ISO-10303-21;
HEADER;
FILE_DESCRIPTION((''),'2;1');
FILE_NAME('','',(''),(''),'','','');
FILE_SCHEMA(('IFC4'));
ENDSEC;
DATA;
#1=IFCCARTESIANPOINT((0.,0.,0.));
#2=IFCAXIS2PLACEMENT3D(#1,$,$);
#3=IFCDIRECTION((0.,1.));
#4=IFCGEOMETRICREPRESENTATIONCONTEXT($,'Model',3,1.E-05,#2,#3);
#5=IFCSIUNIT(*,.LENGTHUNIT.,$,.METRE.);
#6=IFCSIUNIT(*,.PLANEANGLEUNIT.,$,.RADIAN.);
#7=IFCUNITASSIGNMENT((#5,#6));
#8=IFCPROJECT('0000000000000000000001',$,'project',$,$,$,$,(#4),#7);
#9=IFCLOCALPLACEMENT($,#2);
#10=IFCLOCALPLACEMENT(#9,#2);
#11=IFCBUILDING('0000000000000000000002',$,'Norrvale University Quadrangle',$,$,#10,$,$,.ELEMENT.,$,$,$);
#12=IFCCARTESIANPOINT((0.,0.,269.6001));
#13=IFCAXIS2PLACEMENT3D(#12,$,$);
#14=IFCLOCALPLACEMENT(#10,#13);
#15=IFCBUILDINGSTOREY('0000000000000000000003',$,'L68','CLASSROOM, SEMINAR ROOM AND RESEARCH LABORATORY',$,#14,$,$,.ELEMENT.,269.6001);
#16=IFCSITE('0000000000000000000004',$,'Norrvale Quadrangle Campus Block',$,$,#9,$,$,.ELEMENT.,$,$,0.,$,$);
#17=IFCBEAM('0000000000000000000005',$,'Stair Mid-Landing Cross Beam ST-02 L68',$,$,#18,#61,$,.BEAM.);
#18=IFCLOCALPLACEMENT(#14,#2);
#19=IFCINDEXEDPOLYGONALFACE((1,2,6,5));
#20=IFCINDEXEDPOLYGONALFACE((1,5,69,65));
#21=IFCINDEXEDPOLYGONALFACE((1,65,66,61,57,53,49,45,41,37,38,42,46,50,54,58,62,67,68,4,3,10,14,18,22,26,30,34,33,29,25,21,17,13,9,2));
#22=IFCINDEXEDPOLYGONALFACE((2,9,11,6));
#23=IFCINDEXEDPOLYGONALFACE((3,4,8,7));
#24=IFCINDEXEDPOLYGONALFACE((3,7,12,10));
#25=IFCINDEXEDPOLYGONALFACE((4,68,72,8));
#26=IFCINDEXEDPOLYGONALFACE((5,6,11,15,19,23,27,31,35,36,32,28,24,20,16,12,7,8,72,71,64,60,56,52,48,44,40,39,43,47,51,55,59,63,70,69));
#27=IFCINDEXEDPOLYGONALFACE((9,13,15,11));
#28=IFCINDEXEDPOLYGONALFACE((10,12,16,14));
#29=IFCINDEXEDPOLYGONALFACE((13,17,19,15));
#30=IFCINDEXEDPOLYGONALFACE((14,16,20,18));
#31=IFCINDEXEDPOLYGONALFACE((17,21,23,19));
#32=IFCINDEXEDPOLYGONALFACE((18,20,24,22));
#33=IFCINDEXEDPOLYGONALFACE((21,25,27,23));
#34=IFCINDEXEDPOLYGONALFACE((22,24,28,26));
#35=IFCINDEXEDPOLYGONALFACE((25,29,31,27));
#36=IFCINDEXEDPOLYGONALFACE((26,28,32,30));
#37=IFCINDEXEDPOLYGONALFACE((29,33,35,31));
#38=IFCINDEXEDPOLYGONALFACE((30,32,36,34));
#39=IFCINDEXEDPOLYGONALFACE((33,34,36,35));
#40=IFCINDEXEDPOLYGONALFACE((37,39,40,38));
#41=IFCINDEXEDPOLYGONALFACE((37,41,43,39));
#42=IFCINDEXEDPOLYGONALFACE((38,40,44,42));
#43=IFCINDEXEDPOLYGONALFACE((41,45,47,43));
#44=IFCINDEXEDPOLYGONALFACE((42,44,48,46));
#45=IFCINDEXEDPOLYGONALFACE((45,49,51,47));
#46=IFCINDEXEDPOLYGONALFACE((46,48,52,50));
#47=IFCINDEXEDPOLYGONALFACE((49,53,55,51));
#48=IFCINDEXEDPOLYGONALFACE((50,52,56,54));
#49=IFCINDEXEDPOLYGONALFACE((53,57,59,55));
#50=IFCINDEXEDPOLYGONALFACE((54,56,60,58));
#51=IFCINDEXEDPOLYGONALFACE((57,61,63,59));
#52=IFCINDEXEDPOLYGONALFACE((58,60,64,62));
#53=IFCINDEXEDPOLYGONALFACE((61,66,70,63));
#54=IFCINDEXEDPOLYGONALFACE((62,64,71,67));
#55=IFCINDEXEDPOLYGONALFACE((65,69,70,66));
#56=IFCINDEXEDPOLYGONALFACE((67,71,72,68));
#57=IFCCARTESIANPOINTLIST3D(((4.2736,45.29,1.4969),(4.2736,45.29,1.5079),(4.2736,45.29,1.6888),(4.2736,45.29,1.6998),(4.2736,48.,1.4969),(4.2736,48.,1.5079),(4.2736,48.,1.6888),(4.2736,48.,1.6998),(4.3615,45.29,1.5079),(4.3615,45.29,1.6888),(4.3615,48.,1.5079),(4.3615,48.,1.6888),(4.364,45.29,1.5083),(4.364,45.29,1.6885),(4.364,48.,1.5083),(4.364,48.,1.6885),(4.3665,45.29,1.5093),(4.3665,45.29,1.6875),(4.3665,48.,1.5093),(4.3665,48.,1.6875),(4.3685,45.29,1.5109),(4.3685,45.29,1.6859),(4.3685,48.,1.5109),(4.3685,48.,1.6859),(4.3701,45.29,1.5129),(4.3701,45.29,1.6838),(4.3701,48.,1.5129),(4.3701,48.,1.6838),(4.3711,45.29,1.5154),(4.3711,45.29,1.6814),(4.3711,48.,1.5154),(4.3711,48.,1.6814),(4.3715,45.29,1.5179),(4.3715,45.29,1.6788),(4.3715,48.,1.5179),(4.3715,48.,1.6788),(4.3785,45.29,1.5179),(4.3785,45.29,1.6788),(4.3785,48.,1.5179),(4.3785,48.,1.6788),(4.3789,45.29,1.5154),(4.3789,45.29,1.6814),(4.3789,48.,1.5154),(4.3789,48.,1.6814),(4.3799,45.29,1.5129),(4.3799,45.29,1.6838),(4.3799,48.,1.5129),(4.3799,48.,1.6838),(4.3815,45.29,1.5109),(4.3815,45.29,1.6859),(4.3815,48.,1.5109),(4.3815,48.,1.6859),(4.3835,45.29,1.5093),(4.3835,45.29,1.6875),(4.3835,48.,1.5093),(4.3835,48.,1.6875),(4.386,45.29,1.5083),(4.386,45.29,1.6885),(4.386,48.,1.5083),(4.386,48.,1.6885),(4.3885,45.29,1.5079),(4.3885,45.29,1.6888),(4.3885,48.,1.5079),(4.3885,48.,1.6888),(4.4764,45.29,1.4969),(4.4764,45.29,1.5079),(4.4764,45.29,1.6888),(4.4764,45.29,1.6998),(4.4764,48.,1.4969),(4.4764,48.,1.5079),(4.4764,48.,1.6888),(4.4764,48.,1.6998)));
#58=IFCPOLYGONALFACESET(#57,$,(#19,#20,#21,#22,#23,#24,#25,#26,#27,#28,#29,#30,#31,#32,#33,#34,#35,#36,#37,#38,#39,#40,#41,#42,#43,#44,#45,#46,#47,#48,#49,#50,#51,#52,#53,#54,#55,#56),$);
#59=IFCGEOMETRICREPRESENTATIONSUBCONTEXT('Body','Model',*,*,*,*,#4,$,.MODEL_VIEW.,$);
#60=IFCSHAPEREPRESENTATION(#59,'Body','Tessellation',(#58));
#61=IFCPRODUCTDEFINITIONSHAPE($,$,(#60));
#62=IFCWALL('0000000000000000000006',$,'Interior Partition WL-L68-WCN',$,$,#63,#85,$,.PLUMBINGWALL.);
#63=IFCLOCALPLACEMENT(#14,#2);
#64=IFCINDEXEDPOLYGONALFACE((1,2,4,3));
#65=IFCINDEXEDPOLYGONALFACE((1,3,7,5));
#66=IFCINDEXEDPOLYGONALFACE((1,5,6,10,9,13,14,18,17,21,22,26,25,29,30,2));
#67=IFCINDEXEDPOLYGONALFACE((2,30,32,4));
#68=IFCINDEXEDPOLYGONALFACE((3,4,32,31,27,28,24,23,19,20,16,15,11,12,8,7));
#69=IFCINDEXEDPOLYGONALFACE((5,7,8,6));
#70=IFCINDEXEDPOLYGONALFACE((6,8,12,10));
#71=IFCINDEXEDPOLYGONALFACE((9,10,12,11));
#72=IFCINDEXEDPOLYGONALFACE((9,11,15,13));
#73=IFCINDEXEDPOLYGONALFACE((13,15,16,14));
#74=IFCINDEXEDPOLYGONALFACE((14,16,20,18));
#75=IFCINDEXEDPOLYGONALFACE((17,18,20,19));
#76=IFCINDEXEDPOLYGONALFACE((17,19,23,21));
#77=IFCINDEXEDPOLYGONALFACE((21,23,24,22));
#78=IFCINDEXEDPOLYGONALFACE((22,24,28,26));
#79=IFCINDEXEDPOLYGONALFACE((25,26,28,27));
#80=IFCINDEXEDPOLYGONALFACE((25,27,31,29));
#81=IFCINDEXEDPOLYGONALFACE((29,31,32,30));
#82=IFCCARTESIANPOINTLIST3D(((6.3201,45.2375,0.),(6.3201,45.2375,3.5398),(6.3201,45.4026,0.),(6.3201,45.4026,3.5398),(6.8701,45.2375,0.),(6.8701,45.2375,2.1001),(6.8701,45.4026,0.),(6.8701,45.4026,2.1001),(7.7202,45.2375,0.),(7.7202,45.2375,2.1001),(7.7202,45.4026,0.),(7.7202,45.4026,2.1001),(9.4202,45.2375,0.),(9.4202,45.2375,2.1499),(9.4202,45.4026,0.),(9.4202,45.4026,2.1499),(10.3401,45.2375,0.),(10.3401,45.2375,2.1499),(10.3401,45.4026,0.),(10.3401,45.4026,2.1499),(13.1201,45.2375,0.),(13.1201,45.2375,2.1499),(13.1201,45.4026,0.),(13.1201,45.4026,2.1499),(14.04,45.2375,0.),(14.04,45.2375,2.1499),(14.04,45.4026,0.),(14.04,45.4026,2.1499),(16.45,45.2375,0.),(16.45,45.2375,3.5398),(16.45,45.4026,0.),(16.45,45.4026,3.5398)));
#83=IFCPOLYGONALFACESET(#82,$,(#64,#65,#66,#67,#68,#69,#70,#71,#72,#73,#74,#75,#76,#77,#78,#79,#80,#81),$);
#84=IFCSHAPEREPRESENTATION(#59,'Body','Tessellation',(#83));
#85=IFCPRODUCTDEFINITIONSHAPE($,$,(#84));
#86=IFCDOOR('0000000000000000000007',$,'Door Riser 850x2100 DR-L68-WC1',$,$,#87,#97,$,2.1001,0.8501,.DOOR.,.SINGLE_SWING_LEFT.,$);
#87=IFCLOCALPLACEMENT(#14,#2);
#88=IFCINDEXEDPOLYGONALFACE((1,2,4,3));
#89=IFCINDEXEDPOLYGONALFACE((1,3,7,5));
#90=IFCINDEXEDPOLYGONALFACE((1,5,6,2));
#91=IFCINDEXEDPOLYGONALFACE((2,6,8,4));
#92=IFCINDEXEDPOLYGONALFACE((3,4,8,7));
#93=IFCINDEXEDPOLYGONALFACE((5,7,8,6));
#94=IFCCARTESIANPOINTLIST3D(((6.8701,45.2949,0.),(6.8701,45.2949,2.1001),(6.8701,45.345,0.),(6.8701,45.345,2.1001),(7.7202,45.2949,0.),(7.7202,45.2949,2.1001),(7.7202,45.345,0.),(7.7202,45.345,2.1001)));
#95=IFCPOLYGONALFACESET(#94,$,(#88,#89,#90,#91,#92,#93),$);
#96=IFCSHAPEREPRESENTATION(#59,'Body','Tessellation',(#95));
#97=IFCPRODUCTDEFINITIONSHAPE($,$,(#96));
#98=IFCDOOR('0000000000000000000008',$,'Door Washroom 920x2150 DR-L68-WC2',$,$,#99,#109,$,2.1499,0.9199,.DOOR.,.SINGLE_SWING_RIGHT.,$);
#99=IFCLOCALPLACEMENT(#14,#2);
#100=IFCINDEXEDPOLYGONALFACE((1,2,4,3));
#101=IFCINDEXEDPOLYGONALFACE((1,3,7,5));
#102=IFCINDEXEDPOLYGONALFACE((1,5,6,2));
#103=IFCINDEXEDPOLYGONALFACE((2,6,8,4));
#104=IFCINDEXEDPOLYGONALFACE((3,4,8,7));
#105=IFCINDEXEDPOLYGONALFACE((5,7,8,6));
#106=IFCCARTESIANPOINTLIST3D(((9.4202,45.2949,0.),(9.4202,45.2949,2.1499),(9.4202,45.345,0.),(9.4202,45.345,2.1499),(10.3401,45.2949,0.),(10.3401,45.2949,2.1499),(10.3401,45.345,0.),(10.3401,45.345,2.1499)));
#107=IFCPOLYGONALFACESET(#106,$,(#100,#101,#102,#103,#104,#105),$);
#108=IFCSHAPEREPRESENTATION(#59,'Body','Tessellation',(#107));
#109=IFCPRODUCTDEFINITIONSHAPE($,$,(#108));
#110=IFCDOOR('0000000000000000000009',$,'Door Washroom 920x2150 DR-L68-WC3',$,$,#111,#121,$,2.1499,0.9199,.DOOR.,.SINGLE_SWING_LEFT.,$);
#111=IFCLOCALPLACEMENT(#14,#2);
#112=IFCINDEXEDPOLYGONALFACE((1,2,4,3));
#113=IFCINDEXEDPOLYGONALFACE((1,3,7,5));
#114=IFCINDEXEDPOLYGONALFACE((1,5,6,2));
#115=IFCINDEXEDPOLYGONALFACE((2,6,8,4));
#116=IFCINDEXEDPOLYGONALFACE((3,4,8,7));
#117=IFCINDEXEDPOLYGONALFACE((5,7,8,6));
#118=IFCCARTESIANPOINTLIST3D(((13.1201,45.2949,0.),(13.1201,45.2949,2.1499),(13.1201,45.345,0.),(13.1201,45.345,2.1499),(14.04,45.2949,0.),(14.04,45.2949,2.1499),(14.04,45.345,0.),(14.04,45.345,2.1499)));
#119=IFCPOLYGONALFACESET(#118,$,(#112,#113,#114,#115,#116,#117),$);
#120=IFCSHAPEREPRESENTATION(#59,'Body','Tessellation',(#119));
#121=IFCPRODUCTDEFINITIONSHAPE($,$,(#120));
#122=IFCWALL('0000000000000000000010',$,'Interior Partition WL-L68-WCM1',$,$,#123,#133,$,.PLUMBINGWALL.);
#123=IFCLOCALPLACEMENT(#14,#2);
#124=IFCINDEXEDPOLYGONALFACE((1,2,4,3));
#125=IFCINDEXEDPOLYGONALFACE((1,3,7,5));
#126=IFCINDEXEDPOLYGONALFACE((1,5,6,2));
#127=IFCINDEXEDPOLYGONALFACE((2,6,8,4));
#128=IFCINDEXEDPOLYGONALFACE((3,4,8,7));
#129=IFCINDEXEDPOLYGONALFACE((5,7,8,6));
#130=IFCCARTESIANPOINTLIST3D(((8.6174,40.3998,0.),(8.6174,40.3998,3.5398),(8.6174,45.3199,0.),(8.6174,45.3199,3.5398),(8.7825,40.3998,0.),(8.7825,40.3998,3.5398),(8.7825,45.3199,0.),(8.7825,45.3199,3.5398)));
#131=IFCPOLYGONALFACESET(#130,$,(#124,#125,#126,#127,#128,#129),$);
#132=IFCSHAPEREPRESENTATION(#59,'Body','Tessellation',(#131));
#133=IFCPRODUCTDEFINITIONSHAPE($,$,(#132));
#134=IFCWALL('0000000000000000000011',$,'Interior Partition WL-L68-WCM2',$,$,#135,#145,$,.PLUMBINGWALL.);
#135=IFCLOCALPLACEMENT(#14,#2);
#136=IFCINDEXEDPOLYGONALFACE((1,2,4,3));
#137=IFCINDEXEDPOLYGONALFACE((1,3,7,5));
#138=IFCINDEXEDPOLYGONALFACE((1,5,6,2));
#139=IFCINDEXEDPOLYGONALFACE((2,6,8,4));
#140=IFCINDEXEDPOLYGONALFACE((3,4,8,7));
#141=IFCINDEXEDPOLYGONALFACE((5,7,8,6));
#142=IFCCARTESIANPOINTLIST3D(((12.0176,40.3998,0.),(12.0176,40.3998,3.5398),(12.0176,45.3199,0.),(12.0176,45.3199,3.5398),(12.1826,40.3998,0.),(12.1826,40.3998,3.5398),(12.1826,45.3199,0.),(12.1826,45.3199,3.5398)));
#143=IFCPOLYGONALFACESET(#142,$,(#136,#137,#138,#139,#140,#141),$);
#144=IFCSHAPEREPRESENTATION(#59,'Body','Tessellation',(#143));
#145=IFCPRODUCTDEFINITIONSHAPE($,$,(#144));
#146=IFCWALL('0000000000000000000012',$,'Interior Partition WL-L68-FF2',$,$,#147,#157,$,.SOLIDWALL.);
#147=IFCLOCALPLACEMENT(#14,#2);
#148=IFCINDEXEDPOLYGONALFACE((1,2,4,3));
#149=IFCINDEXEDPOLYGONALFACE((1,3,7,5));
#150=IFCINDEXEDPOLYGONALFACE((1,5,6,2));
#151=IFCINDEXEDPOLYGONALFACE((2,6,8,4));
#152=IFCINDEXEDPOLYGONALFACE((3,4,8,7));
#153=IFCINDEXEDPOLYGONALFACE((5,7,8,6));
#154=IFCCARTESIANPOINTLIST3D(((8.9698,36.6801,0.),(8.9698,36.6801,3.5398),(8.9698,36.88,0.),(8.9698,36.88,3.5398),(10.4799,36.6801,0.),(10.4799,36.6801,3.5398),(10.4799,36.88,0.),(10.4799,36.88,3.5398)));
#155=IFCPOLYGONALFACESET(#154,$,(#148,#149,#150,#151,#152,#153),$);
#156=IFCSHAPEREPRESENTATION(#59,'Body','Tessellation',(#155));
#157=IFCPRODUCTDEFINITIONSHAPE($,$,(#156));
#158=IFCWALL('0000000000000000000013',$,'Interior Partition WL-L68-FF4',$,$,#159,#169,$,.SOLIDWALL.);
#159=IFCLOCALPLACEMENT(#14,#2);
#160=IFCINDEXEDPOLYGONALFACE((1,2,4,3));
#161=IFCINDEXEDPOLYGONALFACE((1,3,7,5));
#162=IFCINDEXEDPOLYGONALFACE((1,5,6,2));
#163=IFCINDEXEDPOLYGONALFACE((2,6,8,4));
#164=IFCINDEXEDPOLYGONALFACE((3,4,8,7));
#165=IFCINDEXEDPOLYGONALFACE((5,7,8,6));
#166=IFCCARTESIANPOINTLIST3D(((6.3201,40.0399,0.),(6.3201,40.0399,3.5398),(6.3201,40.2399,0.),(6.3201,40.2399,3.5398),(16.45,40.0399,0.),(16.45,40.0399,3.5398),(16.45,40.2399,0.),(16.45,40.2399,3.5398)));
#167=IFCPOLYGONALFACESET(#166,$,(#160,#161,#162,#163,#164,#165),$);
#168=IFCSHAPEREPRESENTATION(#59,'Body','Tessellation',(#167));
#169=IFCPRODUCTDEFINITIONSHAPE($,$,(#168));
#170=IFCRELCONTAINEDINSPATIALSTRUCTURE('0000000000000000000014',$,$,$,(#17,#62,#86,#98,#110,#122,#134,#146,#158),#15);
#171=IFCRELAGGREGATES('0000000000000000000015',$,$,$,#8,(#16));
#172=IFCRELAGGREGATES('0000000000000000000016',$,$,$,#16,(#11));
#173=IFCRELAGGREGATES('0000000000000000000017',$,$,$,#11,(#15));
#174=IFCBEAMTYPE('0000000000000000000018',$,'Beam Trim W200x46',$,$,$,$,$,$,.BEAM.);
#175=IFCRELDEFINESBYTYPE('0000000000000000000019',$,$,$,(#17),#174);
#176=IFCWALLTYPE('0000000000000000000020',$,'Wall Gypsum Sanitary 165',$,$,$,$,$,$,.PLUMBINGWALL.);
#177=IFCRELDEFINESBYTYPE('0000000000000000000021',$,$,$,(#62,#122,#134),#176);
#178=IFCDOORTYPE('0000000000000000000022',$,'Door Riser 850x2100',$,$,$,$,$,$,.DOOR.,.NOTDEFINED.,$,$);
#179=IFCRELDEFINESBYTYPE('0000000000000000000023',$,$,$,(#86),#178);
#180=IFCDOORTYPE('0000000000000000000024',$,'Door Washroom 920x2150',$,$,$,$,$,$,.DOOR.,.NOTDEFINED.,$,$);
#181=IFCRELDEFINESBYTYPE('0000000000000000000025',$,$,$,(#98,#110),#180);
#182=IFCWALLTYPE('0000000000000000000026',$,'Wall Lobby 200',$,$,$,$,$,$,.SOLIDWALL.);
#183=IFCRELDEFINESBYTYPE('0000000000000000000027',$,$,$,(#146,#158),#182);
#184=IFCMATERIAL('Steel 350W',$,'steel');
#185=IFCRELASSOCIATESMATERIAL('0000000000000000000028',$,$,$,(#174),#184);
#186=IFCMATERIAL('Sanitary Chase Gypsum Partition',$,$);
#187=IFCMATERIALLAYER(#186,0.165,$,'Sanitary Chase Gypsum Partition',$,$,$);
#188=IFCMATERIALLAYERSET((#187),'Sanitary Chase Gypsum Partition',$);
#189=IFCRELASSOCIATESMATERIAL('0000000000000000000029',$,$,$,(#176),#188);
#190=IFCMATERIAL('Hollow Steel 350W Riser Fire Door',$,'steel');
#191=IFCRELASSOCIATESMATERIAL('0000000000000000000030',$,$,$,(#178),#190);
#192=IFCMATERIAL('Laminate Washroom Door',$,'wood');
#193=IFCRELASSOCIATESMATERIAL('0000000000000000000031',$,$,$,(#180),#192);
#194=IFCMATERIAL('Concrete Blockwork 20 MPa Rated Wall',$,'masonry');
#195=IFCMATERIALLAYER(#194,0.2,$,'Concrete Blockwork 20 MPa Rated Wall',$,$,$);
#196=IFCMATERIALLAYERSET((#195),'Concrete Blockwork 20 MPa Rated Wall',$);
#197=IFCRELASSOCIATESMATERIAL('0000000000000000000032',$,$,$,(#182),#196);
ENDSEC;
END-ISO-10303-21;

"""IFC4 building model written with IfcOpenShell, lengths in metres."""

from ifc_helpers import new_model, si_unit, direction, frame, frame_2d, origin, origin_2d, place, context, subcontext, project, spatial, rectangle, i_section, extrude, material, layer, layer_set, material_profile, profile_set, type_object, element, fill, save


model = new_model("IFC4")

# Units and contexts
model_context = context("Model", 3, precision=1e-05, world=origin(), true_north=direction((0.0, 1.0)))
body_context = subcontext(model_context, "Body", "Model", "MODEL_VIEW")
ifc_project = project(units=[si_unit("LENGTHUNIT", "METRE"), si_unit("PLANEANGLEUNIT", "RADIAN")], contexts=[model_context])

# Site, building, storey
site_placement = place(None, origin())
site = spatial("IfcSite", under=ifc_project, at=site_placement, Name="Norrvale Quadrangle Campus Block", CompositionType="ELEMENT", RefElevation=0.0)
building_placement = place(site_placement, origin())
building = spatial("IfcBuilding", under=site, at=building_placement, Name="Norrvale University Quadrangle", CompositionType="ELEMENT")
storey_placement = place(building_placement, frame((0.0, 0.0, 269.6001)))
storey = spatial("IfcBuildingStorey", under=building, at=storey_placement, Name="L68", Description="CLASSROOM, SEMINAR ROOM AND RESEARCH LABORATORY", CompositionType="ELEMENT", Elevation=269.6001)

# Beam
ifc_material_1 = material(Name="Steel 350W", Category="steel")
ifc_material_profile = material_profile(ifc_material_1, i_section(OverallWidth=0.2029, OverallDepth=0.2029, WebThickness=0.0071, FlangeThickness=0.011, FilletRadius=0.01, at=origin_2d()), Name="Steel 350W")
ifc_profile_set = profile_set([ifc_material_profile], Name="Steel 350W")
beam_type = type_object("IfcBeamType", Name="Beam Trim W200x46", PredefinedType="BEAM", material=ifc_profile_set)
beam_placement = place(storey_placement, frame((4.375, 45.29, 1.5984), z_axis=(0.0, 1.0, 0.0), x_axis=(-1.0, 0.0, 0.0)))
element("IfcBeam", 1, at=beam_placement, inside=storey, type_object=beam_type, Name="Stair Mid-Landing Cross Beam ST-02 L68", PredefinedType="BEAM", context=body_context, shape_type="SweptSolid", body=[
    extrude(i_section(OverallWidth=0.2029, OverallDepth=0.2029, WebThickness=0.0071, FlangeThickness=0.011, FilletRadius=0.01, at=origin_2d()), origin(), (0.0, 0.0, 1.0), 2.71),
])

# Wall, openings, doors
ifc_material_2 = material(Name="Sanitary Chase Gypsum Partition")
ifc_layer_1 = layer(ifc_material_2, 0.165, Name="Sanitary Chase Gypsum Partition")
ifc_layer_set_1 = layer_set([ifc_layer_1], Name="Sanitary Chase Gypsum Partition")
wall_type_1 = type_object("IfcWallType", Name="Wall Gypsum Sanitary 165", PredefinedType="PLUMBINGWALL", material=ifc_layer_set_1)
wall_1_placement = place(storey_placement, frame((6.3201, 45.3201, 0.0), z_axis=(0.0, 0.0, 1.0), x_axis=(1.0, 0.0, 0.0)))
wall_1 = element("IfcWall", 2, at=wall_1_placement, inside=storey, type_object=wall_type_1, Name="Interior Partition WL-L68-WCN", PredefinedType="PLUMBINGWALL", context=body_context, shape_type="SweptSolid", body=[
    extrude(rectangle(XDim=10.1299, YDim=0.165, at=frame_2d((5.0649, 0.0))), origin(), (0.0, 0.0, 1.0), 3.5398),
])
opening_1_placement = place(wall_1_placement, frame((0.55, 0.0, 0.0)))
opening_1 = element("IfcOpeningElement", 3, at=opening_1_placement, cuts=wall_1, PredefinedType="OPENING", context=body_context, shape_type="SweptSolid", body=[
    extrude(rectangle(XDim=0.8501, YDim=2.1001, at=frame_2d((0.425, 1.05))), frame((0.0, 0.0945, 0.0), z_axis=(0.0, -1.0, 0.0), x_axis=(1.0, 0.0, 0.0)), (0.0, 0.0, 1.0), 0.189),
])
opening_2_placement = place(wall_1_placement, frame((3.1001, 0.0, 0.0)))
opening_2 = element("IfcOpeningElement", 4, at=opening_2_placement, cuts=wall_1, PredefinedType="OPENING", context=body_context, shape_type="SweptSolid", body=[
    extrude(rectangle(XDim=0.9199, YDim=2.1499, at=frame_2d((0.46, 1.075))), frame((0.0, 0.0945, 0.0), z_axis=(0.0, -1.0, 0.0), x_axis=(1.0, 0.0, 0.0)), (0.0, 0.0, 1.0), 0.189),
])
opening_3_placement = place(wall_1_placement, frame((6.8, 0.0, 0.0)))
opening_3 = element("IfcOpeningElement", 5, at=opening_3_placement, cuts=wall_1, PredefinedType="OPENING", context=body_context, shape_type="SweptSolid", body=[
    extrude(rectangle(XDim=0.9199, YDim=2.1499, at=frame_2d((0.46, 1.075))), frame((0.0, 0.0945, 0.0), z_axis=(0.0, -1.0, 0.0), x_axis=(1.0, 0.0, 0.0)), (0.0, 0.0, 1.0), 0.189),
])
ifc_material_3 = material(Name="Hollow Steel 350W Riser Fire Door", Category="steel")
door_type_1 = type_object("IfcDoorType", Name="Door Riser 850x2100", OperationType="NOTDEFINED", PredefinedType="DOOR", material=ifc_material_3)
door_1_placement = place(opening_1_placement, origin())
door_1 = element("IfcDoor", 6, at=door_1_placement, inside=storey, type_object=door_type_1, Name="Door Riser 850x2100 DR-L68-WC1", OperationType="SINGLE_SWING_LEFT", OverallHeight=2.1001, OverallWidth=0.8501, PredefinedType="DOOR", context=body_context, shape_type="SweptSolid", body=[
    extrude(rectangle(XDim=0.8501, YDim=2.1001, at=frame_2d((0.425, 1.05))), frame((0.0, 0.0249, 0.0), z_axis=(0.0, -1.0, 0.0), x_axis=(1.0, 0.0, 0.0)), (0.0, 0.0, 1.0), 0.05),
])
fill(opening_1, door_1)
ifc_material_4 = material(Name="Laminate Washroom Door", Category="wood")
door_type_2 = type_object("IfcDoorType", Name="Door Washroom 920x2150", OperationType="NOTDEFINED", PredefinedType="DOOR", material=ifc_material_4)
door_2_placement = place(opening_2_placement, origin())
door_2 = element("IfcDoor", 7, at=door_2_placement, inside=storey, type_object=door_type_2, Name="Door Washroom 920x2150 DR-L68-WC2", OperationType="SINGLE_SWING_RIGHT", OverallHeight=2.1499, OverallWidth=0.9199, PredefinedType="DOOR", context=body_context, shape_type="SweptSolid", body=[
    extrude(rectangle(XDim=0.9199, YDim=2.1499, at=frame_2d((0.46, 1.075))), frame((0.0, 0.0249, 0.0), z_axis=(0.0, -1.0, 0.0), x_axis=(1.0, 0.0, 0.0)), (0.0, 0.0, 1.0), 0.05),
])
fill(opening_2, door_2)
door_3_placement = place(opening_3_placement, origin())
door_3 = element("IfcDoor", 8, at=door_3_placement, inside=storey, type_object=door_type_2, Name="Door Washroom 920x2150 DR-L68-WC3", OperationType="SINGLE_SWING_LEFT", OverallHeight=2.1499, OverallWidth=0.9199, PredefinedType="DOOR", context=body_context, shape_type="SweptSolid", body=[
    extrude(rectangle(XDim=0.9199, YDim=2.1499, at=frame_2d((0.46, 1.075))), frame((0.0, 0.0249, 0.0), z_axis=(0.0, -1.0, 0.0), x_axis=(1.0, 0.0, 0.0)), (0.0, 0.0, 1.0), 0.05),
])
fill(opening_3, door_3)

# Walls
for number, where, z_axis, x_axis, name in (
    (9, (8.7, 40.3999, 0.0), (0.0, 0.0, 1.0), (0.0, 1.0, 0.0), "Interior Partition WL-L68-WCM1"),
    (10, (12.1001, 40.3999, 0.0), (0.0, 0.0, 1.0), (0.0, 1.0, 0.0), "Interior Partition WL-L68-WCM2"),
):
    element("IfcWall", number, at=place(storey_placement, frame(where, z_axis=z_axis, x_axis=x_axis)), inside=storey, type_object=wall_type_1, Name=name, PredefinedType="PLUMBINGWALL", context=body_context, shape_type="SweptSolid", body=[
        extrude(rectangle(XDim=4.9202, YDim=0.165, at=frame_2d((2.46, 0.0))), origin(), (0.0, 0.0, 1.0), 3.5398),
    ])
ifc_material_5 = material(Name="Concrete Blockwork 20 MPa Rated Wall", Category="masonry")
ifc_layer_2 = layer(ifc_material_5, 0.2, Name="Concrete Blockwork 20 MPa Rated Wall")
ifc_layer_set_2 = layer_set([ifc_layer_2], Name="Concrete Blockwork 20 MPa Rated Wall")
wall_type_2 = type_object("IfcWallType", Name="Wall Lobby 200", PredefinedType="SOLIDWALL", material=ifc_layer_set_2)
wall_2_placement = place(storey_placement, frame((8.97, 36.78, 0.0), z_axis=(0.0, 0.0, 1.0), x_axis=(1.0, 0.0, 0.0)))
element("IfcWall", 11, at=wall_2_placement, inside=storey, type_object=wall_type_2, Name="Interior Partition WL-L68-FF2", PredefinedType="SOLIDWALL", context=body_context, shape_type="SweptSolid", body=[
    extrude(rectangle(XDim=1.51, YDim=0.2, at=frame_2d((0.7549, 0.0))), origin(), (0.0, 0.0, 1.0), 3.5398),
])
wall_3_placement = place(storey_placement, frame((6.3201, 40.1399, 0.0), z_axis=(0.0, 0.0, 1.0), x_axis=(1.0, 0.0, 0.0)))
element("IfcWall", 12, at=wall_3_placement, inside=storey, type_object=wall_type_2, Name="Interior Partition WL-L68-FF4", PredefinedType="SOLIDWALL", context=body_context, shape_type="SweptSolid", body=[
    extrude(rectangle(XDim=10.1299, YDim=0.2, at=frame_2d((5.0649, 0.0))), origin(), (0.0, 0.0, 1.0), 3.5398),
])

save(model, "model.ifc")
